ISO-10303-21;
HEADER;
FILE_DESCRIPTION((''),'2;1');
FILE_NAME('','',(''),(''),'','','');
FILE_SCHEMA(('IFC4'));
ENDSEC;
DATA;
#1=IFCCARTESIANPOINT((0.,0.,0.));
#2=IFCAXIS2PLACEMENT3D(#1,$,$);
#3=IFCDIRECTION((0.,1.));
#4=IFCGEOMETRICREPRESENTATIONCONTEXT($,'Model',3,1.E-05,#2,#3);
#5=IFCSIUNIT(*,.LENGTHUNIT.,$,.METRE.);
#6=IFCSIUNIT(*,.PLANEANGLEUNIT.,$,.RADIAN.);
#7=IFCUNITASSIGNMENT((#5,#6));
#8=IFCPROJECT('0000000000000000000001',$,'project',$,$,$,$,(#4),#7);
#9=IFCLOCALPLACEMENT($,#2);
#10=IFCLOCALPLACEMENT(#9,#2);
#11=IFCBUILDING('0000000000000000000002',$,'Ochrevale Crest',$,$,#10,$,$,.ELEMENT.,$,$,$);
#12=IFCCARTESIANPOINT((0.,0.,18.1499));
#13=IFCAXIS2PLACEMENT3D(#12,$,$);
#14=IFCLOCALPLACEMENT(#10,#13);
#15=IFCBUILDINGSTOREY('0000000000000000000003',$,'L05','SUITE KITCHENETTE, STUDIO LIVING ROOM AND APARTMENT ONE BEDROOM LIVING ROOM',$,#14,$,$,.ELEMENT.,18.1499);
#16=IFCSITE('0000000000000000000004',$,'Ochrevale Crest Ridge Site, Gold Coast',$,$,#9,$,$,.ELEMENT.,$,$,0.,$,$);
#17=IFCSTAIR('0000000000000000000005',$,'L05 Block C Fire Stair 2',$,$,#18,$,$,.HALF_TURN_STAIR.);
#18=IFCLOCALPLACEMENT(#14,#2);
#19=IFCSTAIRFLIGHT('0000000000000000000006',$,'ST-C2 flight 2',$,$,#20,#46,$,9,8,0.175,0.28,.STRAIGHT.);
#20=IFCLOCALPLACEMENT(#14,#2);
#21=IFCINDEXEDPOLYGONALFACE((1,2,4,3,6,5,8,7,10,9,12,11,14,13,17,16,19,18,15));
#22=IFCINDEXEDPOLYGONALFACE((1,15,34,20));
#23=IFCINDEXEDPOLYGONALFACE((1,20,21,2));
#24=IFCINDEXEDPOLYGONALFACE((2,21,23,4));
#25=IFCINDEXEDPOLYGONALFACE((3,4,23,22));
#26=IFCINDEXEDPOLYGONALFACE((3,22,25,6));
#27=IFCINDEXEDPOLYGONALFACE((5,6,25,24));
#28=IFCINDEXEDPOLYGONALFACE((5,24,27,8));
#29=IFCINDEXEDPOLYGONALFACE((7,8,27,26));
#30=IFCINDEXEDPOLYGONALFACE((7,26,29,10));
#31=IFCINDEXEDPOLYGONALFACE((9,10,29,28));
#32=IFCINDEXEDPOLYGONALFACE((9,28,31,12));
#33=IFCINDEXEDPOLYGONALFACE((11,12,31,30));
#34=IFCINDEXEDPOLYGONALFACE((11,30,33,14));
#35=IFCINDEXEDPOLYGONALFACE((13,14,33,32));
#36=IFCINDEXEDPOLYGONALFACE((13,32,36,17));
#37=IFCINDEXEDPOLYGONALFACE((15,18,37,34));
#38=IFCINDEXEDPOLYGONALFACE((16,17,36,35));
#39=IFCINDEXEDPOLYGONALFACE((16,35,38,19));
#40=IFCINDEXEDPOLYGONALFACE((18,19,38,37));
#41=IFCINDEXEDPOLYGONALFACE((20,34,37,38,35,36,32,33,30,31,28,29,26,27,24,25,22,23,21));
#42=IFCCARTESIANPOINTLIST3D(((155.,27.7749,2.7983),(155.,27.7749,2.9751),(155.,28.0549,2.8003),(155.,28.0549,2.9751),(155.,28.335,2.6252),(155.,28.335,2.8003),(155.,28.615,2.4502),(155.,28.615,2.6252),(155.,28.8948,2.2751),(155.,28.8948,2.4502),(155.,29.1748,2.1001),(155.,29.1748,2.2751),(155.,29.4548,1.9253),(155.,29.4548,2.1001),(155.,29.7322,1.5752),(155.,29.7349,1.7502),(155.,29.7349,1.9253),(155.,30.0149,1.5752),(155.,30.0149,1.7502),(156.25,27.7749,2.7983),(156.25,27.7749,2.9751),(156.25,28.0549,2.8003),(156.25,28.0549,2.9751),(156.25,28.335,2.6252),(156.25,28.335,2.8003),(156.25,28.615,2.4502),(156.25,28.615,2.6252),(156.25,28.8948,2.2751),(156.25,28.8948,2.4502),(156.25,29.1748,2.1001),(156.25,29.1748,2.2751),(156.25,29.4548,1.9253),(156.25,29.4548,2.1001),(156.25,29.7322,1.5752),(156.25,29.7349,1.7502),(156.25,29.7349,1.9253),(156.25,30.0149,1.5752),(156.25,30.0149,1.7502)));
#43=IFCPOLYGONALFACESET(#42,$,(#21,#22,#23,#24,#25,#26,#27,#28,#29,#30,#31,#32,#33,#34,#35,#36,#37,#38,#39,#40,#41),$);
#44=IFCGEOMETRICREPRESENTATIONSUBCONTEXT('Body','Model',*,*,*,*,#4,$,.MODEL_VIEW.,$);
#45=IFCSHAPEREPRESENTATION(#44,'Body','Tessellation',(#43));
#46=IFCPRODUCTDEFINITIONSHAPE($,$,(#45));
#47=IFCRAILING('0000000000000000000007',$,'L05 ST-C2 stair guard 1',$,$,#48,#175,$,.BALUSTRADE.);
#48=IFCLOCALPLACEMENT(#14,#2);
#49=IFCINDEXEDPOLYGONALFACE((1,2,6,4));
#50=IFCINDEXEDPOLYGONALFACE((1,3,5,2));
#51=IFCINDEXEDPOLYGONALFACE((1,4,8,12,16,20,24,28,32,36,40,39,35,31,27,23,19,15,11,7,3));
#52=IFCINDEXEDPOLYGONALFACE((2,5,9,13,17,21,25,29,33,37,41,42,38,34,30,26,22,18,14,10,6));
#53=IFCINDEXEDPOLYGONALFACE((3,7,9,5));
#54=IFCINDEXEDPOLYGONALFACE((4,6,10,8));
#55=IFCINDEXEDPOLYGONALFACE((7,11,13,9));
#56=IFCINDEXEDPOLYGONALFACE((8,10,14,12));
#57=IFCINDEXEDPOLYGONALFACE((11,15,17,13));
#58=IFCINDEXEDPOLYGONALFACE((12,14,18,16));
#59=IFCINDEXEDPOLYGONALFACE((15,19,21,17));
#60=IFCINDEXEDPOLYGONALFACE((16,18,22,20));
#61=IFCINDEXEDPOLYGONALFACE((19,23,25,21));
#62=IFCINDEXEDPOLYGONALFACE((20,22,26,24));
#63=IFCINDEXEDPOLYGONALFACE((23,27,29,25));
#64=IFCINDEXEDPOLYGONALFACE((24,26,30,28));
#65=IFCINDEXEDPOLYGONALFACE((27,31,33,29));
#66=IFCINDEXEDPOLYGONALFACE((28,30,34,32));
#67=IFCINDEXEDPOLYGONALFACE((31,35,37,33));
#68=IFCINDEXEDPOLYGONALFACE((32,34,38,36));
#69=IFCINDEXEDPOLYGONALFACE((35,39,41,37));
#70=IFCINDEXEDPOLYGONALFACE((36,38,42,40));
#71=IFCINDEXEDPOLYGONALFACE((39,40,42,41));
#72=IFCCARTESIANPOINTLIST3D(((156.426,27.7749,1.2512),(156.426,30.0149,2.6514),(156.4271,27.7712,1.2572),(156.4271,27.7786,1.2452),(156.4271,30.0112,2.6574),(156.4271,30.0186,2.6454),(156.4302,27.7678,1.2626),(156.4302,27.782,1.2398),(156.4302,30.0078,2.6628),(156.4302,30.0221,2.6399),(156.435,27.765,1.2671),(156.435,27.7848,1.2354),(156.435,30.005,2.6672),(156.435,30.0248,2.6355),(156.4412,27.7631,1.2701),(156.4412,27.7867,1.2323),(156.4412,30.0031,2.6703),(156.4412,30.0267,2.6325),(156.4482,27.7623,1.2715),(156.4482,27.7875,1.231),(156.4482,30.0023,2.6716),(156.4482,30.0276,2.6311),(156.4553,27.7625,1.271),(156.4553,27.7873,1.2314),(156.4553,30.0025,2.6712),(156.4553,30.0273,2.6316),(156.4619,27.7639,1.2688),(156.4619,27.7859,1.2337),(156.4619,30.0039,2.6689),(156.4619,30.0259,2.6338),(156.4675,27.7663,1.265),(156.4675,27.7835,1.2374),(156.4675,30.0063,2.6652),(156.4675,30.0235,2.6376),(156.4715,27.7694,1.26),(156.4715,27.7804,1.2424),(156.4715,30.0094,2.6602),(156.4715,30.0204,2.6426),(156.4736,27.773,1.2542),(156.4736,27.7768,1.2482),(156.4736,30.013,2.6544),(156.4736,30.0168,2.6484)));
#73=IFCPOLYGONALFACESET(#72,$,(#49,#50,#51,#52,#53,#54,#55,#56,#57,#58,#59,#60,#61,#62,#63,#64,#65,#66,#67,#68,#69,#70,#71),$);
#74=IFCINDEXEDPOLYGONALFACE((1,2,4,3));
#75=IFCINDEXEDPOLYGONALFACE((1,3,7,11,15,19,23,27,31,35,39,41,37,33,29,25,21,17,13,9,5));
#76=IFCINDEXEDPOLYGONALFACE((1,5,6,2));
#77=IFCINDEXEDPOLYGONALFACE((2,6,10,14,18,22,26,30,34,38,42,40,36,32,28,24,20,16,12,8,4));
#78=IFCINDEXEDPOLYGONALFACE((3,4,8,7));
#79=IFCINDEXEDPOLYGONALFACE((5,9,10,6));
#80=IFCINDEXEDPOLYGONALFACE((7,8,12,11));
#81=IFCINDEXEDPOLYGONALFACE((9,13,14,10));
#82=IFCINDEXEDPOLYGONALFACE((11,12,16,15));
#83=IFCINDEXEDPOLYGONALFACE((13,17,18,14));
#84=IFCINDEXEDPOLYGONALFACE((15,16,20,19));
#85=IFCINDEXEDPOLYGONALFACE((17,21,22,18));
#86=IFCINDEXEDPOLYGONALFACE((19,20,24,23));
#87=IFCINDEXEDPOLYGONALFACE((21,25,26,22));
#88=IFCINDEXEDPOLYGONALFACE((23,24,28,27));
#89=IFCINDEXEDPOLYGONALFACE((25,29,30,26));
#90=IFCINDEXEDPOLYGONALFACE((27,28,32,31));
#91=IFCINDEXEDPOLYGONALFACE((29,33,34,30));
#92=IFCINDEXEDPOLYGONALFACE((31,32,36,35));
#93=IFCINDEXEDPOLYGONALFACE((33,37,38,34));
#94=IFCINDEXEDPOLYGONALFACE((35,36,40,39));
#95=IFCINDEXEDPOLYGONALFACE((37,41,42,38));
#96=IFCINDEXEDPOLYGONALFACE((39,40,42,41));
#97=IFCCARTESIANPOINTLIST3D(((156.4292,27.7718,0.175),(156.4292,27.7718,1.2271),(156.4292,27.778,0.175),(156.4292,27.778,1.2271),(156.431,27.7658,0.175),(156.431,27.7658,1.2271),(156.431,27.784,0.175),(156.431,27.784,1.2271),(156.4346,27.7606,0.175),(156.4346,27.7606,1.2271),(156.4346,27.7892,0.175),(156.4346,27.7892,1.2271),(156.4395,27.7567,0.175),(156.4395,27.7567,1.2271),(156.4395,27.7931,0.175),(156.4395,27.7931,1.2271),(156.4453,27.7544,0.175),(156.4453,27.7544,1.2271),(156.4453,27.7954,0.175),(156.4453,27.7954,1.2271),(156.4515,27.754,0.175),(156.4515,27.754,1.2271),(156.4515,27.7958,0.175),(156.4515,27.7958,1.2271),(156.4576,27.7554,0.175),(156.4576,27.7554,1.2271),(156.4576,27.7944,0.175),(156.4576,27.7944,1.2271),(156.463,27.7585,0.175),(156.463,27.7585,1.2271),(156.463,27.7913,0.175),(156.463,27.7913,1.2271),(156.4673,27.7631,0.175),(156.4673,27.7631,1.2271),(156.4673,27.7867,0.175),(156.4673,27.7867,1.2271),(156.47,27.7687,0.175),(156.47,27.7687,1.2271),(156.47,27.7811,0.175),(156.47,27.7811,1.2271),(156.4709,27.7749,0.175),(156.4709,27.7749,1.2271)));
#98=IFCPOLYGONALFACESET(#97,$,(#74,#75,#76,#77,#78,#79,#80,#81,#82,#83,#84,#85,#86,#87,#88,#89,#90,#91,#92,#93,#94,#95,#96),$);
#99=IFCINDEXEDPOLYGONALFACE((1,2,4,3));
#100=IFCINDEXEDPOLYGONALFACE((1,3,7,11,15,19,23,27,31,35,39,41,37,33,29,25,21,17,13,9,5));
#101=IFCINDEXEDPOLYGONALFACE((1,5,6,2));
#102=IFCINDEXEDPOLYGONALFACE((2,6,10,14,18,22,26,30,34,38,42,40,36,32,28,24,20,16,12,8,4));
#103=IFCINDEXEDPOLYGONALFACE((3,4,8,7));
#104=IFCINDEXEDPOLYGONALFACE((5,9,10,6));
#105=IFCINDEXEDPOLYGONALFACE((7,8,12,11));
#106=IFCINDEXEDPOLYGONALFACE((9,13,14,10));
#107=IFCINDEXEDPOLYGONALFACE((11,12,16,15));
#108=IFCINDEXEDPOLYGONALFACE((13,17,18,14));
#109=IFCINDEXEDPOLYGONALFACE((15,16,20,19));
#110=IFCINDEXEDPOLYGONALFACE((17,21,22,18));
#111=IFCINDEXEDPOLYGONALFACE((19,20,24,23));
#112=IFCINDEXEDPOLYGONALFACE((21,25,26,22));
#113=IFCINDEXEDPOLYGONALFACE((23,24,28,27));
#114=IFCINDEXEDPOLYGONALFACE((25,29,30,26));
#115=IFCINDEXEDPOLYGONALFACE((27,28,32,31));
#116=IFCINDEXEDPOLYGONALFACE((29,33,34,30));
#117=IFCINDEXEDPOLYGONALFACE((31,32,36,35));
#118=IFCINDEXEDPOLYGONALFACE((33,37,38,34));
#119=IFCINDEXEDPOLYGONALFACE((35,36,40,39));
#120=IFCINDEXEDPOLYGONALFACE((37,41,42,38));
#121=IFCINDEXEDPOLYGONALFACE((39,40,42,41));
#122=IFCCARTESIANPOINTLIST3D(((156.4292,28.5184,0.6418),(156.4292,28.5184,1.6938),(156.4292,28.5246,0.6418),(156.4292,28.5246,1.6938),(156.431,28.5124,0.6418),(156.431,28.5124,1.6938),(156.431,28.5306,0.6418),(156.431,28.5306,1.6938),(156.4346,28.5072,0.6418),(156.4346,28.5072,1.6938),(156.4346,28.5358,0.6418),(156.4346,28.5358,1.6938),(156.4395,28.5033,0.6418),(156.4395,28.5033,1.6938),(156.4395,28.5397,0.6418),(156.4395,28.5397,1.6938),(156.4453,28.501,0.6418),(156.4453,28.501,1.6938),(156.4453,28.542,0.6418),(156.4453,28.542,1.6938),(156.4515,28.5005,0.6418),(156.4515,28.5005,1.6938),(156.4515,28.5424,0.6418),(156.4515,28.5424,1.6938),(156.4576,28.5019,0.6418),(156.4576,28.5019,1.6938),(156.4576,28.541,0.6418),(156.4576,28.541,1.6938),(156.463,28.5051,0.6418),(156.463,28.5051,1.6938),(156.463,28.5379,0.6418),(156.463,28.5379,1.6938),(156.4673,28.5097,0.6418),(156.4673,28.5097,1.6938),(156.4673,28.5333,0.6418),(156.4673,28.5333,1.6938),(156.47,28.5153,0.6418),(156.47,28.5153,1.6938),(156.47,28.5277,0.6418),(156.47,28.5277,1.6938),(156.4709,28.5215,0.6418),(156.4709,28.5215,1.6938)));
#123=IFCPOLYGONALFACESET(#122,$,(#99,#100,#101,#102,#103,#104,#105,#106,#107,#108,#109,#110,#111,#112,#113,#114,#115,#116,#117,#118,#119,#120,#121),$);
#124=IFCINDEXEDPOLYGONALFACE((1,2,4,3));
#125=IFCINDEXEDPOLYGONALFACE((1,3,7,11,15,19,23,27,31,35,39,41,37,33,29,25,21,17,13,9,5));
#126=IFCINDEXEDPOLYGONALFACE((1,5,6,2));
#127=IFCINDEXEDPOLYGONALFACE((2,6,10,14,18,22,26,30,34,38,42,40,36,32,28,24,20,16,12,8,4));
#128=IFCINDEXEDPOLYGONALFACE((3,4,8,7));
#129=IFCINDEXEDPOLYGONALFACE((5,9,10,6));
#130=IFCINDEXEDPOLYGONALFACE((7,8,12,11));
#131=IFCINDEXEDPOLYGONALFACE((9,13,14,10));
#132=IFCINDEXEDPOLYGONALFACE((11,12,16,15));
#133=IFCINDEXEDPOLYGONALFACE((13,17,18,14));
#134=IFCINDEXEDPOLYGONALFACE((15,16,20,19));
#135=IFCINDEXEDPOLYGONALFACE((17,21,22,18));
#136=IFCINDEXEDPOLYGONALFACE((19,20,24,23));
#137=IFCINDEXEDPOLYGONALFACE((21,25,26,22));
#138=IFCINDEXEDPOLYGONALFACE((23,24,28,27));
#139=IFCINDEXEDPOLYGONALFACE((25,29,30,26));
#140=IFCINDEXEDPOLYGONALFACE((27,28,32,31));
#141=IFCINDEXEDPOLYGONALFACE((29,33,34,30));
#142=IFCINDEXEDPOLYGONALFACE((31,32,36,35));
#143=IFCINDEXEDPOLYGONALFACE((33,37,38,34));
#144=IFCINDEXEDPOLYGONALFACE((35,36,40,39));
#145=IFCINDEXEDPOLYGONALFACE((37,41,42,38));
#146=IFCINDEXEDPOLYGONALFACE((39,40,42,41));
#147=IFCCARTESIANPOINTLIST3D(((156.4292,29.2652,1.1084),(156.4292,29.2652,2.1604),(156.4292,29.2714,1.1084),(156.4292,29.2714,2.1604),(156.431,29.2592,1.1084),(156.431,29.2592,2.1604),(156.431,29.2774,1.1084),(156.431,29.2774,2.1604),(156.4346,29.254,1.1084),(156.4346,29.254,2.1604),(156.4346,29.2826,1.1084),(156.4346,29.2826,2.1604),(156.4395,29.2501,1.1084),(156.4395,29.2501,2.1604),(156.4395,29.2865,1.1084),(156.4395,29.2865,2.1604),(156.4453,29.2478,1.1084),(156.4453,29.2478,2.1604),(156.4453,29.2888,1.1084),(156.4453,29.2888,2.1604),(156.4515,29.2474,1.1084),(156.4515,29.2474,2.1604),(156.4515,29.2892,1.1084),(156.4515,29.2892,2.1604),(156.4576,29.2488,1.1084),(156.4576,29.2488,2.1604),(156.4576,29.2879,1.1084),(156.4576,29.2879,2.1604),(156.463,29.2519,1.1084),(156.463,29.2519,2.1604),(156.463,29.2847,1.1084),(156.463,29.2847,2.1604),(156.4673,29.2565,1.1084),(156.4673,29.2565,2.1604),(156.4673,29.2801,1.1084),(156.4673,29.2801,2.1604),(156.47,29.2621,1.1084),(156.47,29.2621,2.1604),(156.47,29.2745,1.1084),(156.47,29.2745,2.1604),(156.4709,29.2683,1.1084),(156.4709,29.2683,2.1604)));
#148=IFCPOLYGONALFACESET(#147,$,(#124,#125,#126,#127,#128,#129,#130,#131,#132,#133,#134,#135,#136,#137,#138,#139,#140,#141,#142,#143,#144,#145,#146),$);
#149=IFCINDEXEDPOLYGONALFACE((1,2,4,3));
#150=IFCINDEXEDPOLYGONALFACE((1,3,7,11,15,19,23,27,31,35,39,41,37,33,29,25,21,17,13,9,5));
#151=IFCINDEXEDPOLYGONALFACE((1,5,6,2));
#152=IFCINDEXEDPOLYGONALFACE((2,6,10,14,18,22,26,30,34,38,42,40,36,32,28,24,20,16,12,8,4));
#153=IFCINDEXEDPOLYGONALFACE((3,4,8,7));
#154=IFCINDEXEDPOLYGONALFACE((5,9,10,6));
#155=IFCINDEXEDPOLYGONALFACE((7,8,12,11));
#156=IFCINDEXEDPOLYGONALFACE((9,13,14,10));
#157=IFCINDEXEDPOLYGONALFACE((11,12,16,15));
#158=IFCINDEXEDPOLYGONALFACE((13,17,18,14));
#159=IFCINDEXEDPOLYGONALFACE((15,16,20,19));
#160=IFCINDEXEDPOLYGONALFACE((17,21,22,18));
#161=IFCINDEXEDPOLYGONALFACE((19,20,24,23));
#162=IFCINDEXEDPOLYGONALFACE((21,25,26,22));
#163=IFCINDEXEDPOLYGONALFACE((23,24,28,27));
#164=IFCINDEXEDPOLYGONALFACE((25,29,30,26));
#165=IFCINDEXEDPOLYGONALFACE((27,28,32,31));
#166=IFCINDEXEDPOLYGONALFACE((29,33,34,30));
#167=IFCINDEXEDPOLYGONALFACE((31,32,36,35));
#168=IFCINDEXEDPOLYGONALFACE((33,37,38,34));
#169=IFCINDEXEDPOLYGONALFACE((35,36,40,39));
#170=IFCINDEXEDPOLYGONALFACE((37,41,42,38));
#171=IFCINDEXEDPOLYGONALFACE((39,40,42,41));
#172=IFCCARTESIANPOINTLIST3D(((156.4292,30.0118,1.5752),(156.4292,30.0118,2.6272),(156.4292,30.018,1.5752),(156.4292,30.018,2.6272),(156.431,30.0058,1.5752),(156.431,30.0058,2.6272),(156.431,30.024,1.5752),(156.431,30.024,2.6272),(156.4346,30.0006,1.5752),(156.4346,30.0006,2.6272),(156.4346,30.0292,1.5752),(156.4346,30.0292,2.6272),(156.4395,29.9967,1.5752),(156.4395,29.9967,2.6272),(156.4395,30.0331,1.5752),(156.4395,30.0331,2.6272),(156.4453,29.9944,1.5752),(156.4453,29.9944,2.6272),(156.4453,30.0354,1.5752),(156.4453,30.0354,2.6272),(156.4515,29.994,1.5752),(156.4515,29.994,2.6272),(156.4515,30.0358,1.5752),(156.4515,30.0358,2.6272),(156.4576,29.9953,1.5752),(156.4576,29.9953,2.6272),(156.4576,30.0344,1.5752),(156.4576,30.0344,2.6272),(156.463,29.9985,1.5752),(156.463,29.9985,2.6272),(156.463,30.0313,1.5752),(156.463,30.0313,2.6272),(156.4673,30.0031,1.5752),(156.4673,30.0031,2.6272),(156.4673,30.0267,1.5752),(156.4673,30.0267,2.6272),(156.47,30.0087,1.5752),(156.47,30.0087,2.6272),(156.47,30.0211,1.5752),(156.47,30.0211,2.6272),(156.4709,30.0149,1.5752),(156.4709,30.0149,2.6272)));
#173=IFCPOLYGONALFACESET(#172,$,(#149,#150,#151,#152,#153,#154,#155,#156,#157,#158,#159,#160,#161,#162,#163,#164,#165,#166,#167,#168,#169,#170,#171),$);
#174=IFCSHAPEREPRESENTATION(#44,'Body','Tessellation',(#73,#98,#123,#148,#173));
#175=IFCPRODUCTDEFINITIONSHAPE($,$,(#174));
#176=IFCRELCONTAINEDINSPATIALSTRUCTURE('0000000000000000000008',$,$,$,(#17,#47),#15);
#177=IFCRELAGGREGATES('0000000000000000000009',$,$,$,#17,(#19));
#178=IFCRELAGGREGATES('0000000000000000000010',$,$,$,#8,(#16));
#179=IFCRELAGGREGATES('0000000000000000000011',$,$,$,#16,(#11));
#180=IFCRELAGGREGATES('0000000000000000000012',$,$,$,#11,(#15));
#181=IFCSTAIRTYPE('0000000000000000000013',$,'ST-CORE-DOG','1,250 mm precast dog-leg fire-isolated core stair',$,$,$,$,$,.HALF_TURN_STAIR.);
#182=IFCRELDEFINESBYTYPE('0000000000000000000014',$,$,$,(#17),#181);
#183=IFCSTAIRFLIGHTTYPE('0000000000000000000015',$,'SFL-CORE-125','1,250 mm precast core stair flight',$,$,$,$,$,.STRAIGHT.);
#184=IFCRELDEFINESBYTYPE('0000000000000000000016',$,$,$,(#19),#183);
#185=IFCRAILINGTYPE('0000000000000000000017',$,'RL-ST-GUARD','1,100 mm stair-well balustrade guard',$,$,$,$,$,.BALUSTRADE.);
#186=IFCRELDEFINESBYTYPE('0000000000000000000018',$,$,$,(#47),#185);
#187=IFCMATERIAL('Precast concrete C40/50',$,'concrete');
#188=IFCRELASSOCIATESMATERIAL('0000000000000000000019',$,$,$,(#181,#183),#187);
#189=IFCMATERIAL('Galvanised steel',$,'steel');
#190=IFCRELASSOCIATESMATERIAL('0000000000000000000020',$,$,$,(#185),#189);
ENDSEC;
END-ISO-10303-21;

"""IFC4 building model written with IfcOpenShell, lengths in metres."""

from ifc_helpers import new_model, si_unit, direction, frame, origin, origin_2d, place, context, subcontext, project, spatial, polyline, circle, outline, extrude, material, type_object, element, aggregate, save


model = new_model("IFC4")

# Units and contexts
model_context = context("Model", 3, precision=1e-05, world=origin(), true_north=direction((0.0, 1.0)))
body_context = subcontext(model_context, "Body", "Model", "MODEL_VIEW")
ifc_project = project(units=[si_unit("LENGTHUNIT", "METRE"), si_unit("PLANEANGLEUNIT", "RADIAN")], contexts=[model_context])

# Site, building, storey
site_placement = place(None, origin())
site = spatial("IfcSite", under=ifc_project, at=site_placement, Name="Ochrevale Crest Ridge Site, Gold Coast", CompositionType="ELEMENT", RefElevation=0.0)
building_placement = place(site_placement, origin())
building = spatial("IfcBuilding", under=site, at=building_placement, Name="Ochrevale Crest", CompositionType="ELEMENT")
storey_placement = place(building_placement, frame((0.0, 0.0, 18.1499)))
storey = spatial("IfcBuildingStorey", under=building, at=storey_placement, Name="L05", Description="SUITE KITCHENETTE, STUDIO LIVING ROOM AND APARTMENT ONE BEDROOM LIVING ROOM", CompositionType="ELEMENT", Elevation=18.1499)

# Stair, stair flight
ifc_material_1 = material(Name="Precast concrete C40/50", Category="concrete")
stair_type = type_object("IfcStairType", Name="ST-CORE-DOG", Description="1,250 mm precast dog-leg fire-isolated core stair", PredefinedType="HALF_TURN_STAIR", material=ifc_material_1)
stair_placement = place(storey_placement, origin())
stair = element("IfcStair", 1, at=stair_placement, inside=storey, type_object=stair_type, Name="L05 Block C Fire Stair 2", PredefinedType="HALF_TURN_STAIR")
stair_flight_type = type_object("IfcStairFlightType", Name="SFL-CORE-125", Description="1,250 mm precast core stair flight", PredefinedType="STRAIGHT", material=ifc_material_1)
stair_flight_1_placement = place(storey_placement, frame((155.625, 30.0149, 1.5752), z_axis=(0.0, 0.0, 1.0), x_axis=(0.0, -1.0, 0.0)))
stair_flight_1 = element("IfcStairFlight", 2, at=stair_flight_1_placement, type_object=stair_flight_type, Name="ST-C2 flight 2", NumberOfRisers=9, NumberOfTreads=8, PredefinedType="STRAIGHT", RiserHeight=0.175, TreadLength=0.28, context=body_context, shape_type="SweptSolid", body=[
    extrude(outline(polyline([(0.0, 0.0), (0.0, 0.175), (0.28, 0.175), (0.28, 0.3501), (0.5601, 0.3501), (0.5601, 0.5249), (0.8401, 0.5249), (0.8401, 0.7), (1.1201, 0.7), (1.1201, 0.875), (1.3999, 0.875), (1.3999, 1.05), (1.6799, 1.05), (1.6799, 1.2251), (1.96, 1.2251), (1.96, 1.3999), (2.24, 1.3999), (2.24, 1.575), (2.24, 1.2231), (0.2827, 0.0), (0.0, 0.0)])), frame((0.0, 0.625, 0.0), z_axis=(0.0, -1.0, 0.0), x_axis=(1.0, 0.0, 0.0)), (0.0, 0.0, 1.0), 1.25),
])
aggregate(stair, [stair_flight_1])

# Railing
ifc_material_2 = material(Name="Galvanised steel", Category="steel")
railing_type_1 = type_object("IfcRailingType", Name="RL-ST-GUARD", Description="1,100 mm stair-well balustrade guard", PredefinedType="BALUSTRADE", material=ifc_material_2)
railing_1_placement = place(storey_placement, frame((156.45, 27.7749, 0.175)))
element("IfcRailing", 3, at=railing_1_placement, inside=storey, type_object=railing_type_1, Name="L05 ST-C2 stair guard 1", PredefinedType="BALUSTRADE", context=body_context, shape_type="SweptSolid", body=[
    extrude(circle(Radius=0.0239, at=origin_2d()), frame((0.0, 0.0, 1.0762), z_axis=(0.0, 0.847972, 0.53004), x_axis=(-1.0, 0.0, 0.0)), (0.0, 0.0, 1.0), 2.6416),
    extrude(circle(Radius=0.021, at=origin_2d()), origin(), (0.0, 0.0, 1.0), 1.052),
    extrude(circle(Radius=0.021, at=origin_2d()), frame((0.0, 0.7466, 0.4668)), (0.0, 0.0, 1.0), 1.052),
    extrude(circle(Radius=0.021, at=origin_2d()), frame((0.0, 1.4934, 0.9333)), (0.0, 0.0, 1.0), 1.052),
    extrude(circle(Radius=0.021, at=origin_2d()), frame((0.0, 2.24, 1.4001)), (0.0, 0.0, 1.0), 1.052),
])

save(model, "model.ifc")
